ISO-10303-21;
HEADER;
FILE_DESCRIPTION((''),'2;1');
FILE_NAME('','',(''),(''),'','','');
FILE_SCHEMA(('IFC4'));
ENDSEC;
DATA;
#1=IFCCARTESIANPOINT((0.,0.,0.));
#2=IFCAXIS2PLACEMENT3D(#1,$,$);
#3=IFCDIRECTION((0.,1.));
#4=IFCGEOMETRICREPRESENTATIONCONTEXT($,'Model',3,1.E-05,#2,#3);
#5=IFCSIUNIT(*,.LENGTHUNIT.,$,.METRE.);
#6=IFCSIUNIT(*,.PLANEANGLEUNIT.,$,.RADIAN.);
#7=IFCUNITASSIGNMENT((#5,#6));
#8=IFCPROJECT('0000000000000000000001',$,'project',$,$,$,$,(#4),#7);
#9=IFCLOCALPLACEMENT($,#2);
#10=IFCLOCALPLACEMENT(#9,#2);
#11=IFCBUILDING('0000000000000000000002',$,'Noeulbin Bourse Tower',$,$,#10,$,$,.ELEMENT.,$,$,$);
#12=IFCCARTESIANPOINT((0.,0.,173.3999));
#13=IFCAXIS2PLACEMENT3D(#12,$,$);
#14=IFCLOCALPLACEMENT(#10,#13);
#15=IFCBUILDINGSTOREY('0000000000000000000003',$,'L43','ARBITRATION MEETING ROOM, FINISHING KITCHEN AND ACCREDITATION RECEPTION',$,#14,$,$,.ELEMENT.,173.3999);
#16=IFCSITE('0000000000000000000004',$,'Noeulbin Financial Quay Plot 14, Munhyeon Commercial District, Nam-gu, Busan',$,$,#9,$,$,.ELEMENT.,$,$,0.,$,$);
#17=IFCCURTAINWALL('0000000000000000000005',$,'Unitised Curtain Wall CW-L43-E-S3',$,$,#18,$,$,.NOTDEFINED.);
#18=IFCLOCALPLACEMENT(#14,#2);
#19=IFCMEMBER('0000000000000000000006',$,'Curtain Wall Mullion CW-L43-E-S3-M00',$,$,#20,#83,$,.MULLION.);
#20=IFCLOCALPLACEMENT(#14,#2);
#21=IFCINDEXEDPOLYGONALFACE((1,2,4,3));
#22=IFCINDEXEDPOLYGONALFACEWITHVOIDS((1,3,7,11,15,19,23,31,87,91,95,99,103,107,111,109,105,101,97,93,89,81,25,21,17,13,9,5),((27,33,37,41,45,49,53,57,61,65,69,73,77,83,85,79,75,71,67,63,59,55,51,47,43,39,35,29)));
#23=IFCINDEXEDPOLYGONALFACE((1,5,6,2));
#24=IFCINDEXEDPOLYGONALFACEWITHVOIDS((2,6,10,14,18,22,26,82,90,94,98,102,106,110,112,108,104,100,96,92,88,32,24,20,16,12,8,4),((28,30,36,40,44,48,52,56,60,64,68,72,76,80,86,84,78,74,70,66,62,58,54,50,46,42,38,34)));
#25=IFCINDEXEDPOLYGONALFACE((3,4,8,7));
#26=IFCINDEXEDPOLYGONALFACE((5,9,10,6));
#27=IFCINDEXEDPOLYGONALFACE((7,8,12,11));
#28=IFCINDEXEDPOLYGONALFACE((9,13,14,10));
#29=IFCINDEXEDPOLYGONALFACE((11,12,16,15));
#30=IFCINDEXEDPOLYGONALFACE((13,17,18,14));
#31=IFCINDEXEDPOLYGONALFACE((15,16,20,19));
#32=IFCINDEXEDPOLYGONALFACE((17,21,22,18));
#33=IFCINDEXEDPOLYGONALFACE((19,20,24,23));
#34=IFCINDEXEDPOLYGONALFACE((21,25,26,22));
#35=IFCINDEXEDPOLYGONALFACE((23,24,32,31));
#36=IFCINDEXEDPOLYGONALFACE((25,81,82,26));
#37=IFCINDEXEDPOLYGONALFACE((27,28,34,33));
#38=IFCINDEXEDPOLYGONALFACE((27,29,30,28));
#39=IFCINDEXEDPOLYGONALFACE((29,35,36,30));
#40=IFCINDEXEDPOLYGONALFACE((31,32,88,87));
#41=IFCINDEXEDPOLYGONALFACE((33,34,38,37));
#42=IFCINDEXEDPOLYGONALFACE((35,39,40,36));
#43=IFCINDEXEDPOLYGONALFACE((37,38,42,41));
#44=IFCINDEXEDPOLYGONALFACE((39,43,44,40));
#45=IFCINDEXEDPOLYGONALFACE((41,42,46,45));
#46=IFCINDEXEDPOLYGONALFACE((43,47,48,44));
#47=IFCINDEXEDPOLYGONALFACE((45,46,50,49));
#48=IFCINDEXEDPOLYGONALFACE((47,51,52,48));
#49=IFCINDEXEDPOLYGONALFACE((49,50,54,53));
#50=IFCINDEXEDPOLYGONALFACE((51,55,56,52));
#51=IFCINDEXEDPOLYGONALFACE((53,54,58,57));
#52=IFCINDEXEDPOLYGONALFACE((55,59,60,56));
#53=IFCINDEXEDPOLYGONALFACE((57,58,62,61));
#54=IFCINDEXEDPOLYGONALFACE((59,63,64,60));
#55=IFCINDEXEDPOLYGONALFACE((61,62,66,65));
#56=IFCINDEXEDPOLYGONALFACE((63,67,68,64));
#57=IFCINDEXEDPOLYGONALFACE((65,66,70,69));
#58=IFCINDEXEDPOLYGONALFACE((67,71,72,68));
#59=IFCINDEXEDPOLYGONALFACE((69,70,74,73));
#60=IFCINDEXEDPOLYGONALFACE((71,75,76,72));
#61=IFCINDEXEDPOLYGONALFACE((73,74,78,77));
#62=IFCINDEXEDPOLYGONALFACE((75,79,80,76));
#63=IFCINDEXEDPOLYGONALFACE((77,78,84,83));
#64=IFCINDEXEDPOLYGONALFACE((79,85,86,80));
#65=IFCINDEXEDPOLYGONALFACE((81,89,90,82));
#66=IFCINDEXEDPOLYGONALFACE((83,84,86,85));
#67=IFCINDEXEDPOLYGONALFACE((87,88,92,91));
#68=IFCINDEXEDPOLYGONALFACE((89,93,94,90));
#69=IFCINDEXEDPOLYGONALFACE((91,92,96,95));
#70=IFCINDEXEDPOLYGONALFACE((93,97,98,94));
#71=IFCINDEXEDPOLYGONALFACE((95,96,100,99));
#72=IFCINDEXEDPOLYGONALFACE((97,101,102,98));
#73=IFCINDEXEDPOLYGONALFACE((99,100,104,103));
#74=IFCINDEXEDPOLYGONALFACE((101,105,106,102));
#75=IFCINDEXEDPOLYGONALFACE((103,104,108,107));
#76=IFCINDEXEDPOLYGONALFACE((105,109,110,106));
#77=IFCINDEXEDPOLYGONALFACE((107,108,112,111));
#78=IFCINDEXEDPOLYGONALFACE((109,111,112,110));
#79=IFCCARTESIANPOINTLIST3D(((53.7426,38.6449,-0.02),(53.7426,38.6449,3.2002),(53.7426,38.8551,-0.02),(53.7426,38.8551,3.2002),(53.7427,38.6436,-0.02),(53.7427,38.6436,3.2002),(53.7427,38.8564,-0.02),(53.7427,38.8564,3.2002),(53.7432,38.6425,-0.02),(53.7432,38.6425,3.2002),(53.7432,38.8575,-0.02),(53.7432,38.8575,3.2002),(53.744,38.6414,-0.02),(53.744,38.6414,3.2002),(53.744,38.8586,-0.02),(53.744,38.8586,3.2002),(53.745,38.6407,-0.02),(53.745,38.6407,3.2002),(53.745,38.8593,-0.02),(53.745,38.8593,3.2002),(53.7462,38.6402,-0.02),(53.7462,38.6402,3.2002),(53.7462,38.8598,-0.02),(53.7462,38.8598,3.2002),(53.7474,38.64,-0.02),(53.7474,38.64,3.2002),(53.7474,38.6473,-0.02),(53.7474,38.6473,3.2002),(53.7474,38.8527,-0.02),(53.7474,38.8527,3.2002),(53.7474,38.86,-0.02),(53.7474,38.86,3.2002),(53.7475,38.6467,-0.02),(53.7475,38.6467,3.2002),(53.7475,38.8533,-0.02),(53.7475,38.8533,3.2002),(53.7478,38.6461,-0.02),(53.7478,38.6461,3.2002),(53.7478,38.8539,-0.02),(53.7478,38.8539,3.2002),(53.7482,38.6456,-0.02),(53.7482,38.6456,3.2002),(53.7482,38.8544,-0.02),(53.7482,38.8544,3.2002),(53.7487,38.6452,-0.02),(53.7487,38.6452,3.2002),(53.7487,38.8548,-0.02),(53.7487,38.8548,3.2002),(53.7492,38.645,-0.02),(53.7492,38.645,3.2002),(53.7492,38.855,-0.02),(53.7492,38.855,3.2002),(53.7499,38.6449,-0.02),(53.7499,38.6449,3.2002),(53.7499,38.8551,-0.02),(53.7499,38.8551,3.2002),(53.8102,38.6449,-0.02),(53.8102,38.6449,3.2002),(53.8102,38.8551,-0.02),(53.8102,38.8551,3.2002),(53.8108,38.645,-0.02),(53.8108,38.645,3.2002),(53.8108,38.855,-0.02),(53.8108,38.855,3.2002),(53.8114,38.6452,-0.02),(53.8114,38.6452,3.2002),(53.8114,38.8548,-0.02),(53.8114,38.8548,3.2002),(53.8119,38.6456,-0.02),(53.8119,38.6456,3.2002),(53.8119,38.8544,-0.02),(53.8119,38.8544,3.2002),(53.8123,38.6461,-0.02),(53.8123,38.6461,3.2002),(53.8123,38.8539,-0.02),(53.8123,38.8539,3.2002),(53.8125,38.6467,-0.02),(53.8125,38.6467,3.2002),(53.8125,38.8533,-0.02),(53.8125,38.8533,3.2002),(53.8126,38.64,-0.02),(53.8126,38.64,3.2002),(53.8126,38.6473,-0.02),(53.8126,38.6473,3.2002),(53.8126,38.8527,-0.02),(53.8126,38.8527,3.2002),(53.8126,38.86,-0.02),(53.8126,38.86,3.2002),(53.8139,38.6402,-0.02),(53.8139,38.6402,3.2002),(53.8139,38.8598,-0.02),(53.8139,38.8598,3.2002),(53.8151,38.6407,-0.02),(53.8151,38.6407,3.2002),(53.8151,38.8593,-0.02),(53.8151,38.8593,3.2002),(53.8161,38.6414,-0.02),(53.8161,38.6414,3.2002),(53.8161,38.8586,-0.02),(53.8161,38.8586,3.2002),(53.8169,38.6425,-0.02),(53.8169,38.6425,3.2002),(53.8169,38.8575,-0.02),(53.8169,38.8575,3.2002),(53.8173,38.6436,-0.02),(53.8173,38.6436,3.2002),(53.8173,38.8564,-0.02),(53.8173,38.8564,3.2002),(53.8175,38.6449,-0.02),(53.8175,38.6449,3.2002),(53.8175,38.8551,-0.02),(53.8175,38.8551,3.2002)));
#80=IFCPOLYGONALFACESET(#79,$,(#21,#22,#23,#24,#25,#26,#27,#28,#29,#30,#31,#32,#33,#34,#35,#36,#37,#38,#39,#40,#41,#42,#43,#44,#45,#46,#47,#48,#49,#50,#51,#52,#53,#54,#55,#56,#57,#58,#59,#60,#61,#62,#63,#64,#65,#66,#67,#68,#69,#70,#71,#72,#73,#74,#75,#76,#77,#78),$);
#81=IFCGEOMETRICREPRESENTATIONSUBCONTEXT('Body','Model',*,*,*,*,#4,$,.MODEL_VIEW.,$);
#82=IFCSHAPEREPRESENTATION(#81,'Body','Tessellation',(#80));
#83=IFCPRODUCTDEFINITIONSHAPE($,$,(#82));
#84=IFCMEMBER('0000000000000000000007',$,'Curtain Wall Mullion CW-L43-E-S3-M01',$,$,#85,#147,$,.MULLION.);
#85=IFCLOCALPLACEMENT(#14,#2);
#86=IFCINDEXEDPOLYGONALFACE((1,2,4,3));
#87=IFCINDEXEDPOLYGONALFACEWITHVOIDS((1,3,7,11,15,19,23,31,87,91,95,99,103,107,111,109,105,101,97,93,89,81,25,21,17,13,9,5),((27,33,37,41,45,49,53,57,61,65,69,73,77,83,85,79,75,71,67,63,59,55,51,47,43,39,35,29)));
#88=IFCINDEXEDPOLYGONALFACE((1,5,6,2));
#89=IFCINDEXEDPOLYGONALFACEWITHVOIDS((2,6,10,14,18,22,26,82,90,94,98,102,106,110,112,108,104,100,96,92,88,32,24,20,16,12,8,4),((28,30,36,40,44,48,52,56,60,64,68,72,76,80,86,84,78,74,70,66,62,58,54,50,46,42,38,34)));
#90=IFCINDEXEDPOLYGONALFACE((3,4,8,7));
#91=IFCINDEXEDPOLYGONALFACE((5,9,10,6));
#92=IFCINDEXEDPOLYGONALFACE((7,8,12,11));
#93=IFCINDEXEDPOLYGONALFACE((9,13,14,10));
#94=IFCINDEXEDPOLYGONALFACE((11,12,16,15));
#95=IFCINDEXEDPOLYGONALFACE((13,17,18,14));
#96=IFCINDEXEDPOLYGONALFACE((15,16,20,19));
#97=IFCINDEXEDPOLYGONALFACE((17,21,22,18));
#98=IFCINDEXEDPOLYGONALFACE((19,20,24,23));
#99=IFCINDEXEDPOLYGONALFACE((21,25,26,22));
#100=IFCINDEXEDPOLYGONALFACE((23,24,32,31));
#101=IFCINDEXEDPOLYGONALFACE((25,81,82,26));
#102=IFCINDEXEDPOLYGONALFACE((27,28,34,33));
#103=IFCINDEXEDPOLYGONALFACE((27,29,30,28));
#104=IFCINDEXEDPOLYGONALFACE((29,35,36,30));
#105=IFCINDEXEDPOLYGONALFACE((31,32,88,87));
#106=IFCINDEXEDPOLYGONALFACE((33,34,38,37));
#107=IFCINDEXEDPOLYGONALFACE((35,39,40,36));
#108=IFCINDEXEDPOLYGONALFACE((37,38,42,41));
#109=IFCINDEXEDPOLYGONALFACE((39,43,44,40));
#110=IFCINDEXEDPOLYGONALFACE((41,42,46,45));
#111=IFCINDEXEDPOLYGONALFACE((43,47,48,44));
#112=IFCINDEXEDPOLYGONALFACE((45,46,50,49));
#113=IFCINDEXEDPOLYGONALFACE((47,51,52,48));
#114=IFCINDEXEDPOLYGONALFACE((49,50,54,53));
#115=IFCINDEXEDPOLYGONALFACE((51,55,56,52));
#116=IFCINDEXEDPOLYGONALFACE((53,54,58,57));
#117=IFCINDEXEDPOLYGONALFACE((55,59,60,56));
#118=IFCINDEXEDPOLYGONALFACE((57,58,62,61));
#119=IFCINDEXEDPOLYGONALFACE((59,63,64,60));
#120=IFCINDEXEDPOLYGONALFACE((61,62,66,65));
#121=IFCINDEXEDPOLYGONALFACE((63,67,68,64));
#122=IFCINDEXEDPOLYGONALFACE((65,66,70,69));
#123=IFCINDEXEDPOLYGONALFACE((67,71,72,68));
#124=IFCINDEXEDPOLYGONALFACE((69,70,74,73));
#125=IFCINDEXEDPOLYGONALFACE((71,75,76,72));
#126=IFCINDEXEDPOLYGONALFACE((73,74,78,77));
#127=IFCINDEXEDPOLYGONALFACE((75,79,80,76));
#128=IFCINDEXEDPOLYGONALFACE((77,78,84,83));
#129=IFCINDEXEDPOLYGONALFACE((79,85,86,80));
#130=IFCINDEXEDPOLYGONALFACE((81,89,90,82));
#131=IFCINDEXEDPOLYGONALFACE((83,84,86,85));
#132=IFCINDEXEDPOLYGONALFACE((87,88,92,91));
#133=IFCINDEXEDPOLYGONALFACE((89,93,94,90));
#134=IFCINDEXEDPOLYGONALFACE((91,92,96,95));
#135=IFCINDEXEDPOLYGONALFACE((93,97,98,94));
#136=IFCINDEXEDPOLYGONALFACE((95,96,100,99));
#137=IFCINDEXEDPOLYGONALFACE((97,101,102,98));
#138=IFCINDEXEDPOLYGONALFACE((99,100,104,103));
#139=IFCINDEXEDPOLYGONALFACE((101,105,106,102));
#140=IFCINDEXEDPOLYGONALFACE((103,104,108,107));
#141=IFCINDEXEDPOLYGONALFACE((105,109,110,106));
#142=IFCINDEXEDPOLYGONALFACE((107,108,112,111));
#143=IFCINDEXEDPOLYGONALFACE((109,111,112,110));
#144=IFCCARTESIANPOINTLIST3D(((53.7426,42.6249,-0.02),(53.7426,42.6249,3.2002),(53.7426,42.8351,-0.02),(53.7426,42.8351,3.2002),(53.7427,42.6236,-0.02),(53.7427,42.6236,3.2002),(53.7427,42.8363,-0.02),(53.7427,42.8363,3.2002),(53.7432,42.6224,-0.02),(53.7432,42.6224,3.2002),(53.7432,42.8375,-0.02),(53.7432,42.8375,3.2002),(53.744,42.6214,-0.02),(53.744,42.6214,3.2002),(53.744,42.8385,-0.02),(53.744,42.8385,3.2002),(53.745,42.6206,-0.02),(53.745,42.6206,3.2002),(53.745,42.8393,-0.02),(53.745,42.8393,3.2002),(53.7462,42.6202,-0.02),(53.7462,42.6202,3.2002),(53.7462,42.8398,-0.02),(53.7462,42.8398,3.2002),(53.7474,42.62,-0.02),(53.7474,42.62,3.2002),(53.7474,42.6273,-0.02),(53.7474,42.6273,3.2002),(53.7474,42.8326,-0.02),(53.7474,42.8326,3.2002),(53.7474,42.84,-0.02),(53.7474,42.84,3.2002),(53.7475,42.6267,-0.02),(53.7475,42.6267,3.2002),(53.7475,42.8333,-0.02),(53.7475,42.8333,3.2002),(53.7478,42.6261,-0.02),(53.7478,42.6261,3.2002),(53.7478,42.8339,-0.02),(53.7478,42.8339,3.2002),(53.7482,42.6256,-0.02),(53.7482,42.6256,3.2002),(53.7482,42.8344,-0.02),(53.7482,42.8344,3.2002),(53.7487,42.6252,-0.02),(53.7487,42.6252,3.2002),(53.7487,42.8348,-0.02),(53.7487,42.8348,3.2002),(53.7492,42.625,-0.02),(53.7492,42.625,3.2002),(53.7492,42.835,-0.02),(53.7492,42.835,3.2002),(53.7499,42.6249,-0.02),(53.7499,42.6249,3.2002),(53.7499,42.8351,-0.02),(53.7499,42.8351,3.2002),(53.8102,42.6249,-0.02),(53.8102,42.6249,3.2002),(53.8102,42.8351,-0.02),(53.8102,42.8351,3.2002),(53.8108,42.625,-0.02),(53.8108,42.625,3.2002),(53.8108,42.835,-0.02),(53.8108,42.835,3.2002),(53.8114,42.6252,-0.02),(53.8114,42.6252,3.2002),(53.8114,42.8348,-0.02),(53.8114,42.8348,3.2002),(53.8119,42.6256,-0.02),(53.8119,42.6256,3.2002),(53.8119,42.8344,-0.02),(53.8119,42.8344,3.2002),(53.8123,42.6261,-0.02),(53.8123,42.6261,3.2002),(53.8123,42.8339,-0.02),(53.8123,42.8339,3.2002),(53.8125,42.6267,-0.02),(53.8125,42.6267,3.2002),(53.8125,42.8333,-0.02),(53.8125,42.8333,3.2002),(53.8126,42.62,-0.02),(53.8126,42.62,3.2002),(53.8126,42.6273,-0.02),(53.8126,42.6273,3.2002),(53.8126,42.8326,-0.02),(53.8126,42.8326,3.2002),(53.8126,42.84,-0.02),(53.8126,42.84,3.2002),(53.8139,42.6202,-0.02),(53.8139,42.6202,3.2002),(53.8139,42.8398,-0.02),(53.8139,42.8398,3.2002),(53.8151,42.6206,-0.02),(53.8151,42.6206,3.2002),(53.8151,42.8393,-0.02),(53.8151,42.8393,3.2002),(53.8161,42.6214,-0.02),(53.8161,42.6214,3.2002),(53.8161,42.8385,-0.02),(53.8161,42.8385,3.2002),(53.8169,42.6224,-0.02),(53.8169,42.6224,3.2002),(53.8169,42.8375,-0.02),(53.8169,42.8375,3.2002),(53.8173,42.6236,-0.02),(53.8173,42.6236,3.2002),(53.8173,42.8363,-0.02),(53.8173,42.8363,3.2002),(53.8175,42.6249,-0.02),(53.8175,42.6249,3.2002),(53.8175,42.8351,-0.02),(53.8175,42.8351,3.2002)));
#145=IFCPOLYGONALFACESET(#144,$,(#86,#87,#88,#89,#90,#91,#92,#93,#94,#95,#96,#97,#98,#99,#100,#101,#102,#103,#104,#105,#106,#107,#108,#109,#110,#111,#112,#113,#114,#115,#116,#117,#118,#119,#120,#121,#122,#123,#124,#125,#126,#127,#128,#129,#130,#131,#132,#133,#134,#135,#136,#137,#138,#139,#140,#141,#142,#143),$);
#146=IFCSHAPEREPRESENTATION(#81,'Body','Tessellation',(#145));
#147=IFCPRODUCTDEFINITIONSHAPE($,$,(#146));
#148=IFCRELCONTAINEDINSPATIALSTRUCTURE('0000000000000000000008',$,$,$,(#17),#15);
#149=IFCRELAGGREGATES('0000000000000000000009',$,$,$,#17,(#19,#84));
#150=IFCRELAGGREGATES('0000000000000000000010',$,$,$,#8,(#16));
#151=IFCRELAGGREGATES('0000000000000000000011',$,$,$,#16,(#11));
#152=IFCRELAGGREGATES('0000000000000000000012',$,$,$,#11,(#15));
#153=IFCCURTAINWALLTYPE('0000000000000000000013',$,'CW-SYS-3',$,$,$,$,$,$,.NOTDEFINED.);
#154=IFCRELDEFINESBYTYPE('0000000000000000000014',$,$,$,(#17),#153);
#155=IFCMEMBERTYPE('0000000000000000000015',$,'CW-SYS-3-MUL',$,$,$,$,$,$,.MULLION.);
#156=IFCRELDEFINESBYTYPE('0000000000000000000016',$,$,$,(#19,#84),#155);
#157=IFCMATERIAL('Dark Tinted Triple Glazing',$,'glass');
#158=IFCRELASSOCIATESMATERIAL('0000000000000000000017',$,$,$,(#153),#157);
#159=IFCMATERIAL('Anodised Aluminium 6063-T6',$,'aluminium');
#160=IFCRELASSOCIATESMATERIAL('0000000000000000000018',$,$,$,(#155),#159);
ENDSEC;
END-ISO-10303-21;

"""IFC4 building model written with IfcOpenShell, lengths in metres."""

from ifc_helpers import new_model, si_unit, direction, frame, origin, origin_2d, place, context, subcontext, project, spatial, hollow_rectangle, extrude, material, material_profile, profile_set, type_object, element, aggregate, save


model = new_model("IFC4")

# Units and contexts
model_context = context("Model", 3, precision=1e-05, world=origin(), true_north=direction((0.0, 1.0)))
body_context = subcontext(model_context, "Body", "Model", "MODEL_VIEW")
ifc_project = project(units=[si_unit("LENGTHUNIT", "METRE"), si_unit("PLANEANGLEUNIT", "RADIAN")], contexts=[model_context])

# Site, building, storey
site_placement = place(None, origin())
site = spatial("IfcSite", under=ifc_project, at=site_placement, Name="Noeulbin Financial Quay Plot 14, Munhyeon Commercial District, Nam-gu, Busan", CompositionType="ELEMENT", RefElevation=0.0)
building_placement = place(site_placement, origin())
building = spatial("IfcBuilding", under=site, at=building_placement, Name="Noeulbin Bourse Tower", CompositionType="ELEMENT")
storey_placement = place(building_placement, frame((0.0, 0.0, 173.3999)))
storey = spatial("IfcBuildingStorey", under=building, at=storey_placement, Name="L43", Description="ARBITRATION MEETING ROOM, FINISHING KITCHEN AND ACCREDITATION RECEPTION", CompositionType="ELEMENT", Elevation=173.3999)

# Shared definitions
ifc_material_1 = material(Name="Dark Tinted Triple Glazing", Category="glass")
curtain_wall_type = type_object("IfcCurtainWallType", Name="CW-SYS-3", PredefinedType="NOTDEFINED", material=ifc_material_1)
ifc_material_2 = material(Name="Anodised Aluminium 6063-T6", Category="aluminium")
ifc_material_profile_1 = material_profile(ifc_material_2, hollow_rectangle(XDim=0.075, YDim=0.22, WallThickness=0.0049, InnerFilletRadius=0.0024, OuterFilletRadius=0.0049, at=origin_2d()), Name="ALU-MULL-75x220x5", Category="LoadBearing")
ifc_profile_set_1 = profile_set([ifc_material_profile_1], Name="Anodised Aluminium 6063-T6")
member_type_1 = type_object("IfcMemberType", Name="CW-SYS-3-MUL", PredefinedType="MULLION", material=ifc_profile_set_1)

# Curtain wall, members
curtain_wall_1_placement = place(storey_placement, origin())
curtain_wall_1 = element("IfcCurtainWall", 1, at=curtain_wall_1_placement, inside=storey, type_object=curtain_wall_type, Name="Unitised Curtain Wall CW-L43-E-S3", PredefinedType="NOTDEFINED")
member_1_placement = place(storey_placement, frame((53.78, 38.75, -0.02), z_axis=(0.0, 0.0, 1.0), x_axis=(1.0, 0.0, 0.0)))
member_1 = element("IfcMember", 2, at=member_1_placement, type_object=member_type_1, Name="Curtain Wall Mullion CW-L43-E-S3-M00", PredefinedType="MULLION", context=body_context, shape_type="SweptSolid", body=[
    extrude(hollow_rectangle(XDim=0.075, YDim=0.22, WallThickness=0.0049, InnerFilletRadius=0.0024, OuterFilletRadius=0.0049, at=origin_2d()), origin(), (0.0, 0.0, 1.0), 3.2202),
])
member_2_placement = place(storey_placement, frame((53.78, 42.73, -0.02), z_axis=(0.0, 0.0, 1.0), x_axis=(1.0, 0.0, 0.0)))
member_2 = element("IfcMember", 3, at=member_2_placement, type_object=member_type_1, Name="Curtain Wall Mullion CW-L43-E-S3-M01", PredefinedType="MULLION", context=body_context, shape_type="SweptSolid", body=[
    extrude(hollow_rectangle(XDim=0.075, YDim=0.22, WallThickness=0.0049, InnerFilletRadius=0.0024, OuterFilletRadius=0.0049, at=origin_2d()), origin(), (0.0, 0.0, 1.0), 3.2202),
])

aggregate(curtain_wall_1, [member_1, member_2])

save(model, "model.ifc")
